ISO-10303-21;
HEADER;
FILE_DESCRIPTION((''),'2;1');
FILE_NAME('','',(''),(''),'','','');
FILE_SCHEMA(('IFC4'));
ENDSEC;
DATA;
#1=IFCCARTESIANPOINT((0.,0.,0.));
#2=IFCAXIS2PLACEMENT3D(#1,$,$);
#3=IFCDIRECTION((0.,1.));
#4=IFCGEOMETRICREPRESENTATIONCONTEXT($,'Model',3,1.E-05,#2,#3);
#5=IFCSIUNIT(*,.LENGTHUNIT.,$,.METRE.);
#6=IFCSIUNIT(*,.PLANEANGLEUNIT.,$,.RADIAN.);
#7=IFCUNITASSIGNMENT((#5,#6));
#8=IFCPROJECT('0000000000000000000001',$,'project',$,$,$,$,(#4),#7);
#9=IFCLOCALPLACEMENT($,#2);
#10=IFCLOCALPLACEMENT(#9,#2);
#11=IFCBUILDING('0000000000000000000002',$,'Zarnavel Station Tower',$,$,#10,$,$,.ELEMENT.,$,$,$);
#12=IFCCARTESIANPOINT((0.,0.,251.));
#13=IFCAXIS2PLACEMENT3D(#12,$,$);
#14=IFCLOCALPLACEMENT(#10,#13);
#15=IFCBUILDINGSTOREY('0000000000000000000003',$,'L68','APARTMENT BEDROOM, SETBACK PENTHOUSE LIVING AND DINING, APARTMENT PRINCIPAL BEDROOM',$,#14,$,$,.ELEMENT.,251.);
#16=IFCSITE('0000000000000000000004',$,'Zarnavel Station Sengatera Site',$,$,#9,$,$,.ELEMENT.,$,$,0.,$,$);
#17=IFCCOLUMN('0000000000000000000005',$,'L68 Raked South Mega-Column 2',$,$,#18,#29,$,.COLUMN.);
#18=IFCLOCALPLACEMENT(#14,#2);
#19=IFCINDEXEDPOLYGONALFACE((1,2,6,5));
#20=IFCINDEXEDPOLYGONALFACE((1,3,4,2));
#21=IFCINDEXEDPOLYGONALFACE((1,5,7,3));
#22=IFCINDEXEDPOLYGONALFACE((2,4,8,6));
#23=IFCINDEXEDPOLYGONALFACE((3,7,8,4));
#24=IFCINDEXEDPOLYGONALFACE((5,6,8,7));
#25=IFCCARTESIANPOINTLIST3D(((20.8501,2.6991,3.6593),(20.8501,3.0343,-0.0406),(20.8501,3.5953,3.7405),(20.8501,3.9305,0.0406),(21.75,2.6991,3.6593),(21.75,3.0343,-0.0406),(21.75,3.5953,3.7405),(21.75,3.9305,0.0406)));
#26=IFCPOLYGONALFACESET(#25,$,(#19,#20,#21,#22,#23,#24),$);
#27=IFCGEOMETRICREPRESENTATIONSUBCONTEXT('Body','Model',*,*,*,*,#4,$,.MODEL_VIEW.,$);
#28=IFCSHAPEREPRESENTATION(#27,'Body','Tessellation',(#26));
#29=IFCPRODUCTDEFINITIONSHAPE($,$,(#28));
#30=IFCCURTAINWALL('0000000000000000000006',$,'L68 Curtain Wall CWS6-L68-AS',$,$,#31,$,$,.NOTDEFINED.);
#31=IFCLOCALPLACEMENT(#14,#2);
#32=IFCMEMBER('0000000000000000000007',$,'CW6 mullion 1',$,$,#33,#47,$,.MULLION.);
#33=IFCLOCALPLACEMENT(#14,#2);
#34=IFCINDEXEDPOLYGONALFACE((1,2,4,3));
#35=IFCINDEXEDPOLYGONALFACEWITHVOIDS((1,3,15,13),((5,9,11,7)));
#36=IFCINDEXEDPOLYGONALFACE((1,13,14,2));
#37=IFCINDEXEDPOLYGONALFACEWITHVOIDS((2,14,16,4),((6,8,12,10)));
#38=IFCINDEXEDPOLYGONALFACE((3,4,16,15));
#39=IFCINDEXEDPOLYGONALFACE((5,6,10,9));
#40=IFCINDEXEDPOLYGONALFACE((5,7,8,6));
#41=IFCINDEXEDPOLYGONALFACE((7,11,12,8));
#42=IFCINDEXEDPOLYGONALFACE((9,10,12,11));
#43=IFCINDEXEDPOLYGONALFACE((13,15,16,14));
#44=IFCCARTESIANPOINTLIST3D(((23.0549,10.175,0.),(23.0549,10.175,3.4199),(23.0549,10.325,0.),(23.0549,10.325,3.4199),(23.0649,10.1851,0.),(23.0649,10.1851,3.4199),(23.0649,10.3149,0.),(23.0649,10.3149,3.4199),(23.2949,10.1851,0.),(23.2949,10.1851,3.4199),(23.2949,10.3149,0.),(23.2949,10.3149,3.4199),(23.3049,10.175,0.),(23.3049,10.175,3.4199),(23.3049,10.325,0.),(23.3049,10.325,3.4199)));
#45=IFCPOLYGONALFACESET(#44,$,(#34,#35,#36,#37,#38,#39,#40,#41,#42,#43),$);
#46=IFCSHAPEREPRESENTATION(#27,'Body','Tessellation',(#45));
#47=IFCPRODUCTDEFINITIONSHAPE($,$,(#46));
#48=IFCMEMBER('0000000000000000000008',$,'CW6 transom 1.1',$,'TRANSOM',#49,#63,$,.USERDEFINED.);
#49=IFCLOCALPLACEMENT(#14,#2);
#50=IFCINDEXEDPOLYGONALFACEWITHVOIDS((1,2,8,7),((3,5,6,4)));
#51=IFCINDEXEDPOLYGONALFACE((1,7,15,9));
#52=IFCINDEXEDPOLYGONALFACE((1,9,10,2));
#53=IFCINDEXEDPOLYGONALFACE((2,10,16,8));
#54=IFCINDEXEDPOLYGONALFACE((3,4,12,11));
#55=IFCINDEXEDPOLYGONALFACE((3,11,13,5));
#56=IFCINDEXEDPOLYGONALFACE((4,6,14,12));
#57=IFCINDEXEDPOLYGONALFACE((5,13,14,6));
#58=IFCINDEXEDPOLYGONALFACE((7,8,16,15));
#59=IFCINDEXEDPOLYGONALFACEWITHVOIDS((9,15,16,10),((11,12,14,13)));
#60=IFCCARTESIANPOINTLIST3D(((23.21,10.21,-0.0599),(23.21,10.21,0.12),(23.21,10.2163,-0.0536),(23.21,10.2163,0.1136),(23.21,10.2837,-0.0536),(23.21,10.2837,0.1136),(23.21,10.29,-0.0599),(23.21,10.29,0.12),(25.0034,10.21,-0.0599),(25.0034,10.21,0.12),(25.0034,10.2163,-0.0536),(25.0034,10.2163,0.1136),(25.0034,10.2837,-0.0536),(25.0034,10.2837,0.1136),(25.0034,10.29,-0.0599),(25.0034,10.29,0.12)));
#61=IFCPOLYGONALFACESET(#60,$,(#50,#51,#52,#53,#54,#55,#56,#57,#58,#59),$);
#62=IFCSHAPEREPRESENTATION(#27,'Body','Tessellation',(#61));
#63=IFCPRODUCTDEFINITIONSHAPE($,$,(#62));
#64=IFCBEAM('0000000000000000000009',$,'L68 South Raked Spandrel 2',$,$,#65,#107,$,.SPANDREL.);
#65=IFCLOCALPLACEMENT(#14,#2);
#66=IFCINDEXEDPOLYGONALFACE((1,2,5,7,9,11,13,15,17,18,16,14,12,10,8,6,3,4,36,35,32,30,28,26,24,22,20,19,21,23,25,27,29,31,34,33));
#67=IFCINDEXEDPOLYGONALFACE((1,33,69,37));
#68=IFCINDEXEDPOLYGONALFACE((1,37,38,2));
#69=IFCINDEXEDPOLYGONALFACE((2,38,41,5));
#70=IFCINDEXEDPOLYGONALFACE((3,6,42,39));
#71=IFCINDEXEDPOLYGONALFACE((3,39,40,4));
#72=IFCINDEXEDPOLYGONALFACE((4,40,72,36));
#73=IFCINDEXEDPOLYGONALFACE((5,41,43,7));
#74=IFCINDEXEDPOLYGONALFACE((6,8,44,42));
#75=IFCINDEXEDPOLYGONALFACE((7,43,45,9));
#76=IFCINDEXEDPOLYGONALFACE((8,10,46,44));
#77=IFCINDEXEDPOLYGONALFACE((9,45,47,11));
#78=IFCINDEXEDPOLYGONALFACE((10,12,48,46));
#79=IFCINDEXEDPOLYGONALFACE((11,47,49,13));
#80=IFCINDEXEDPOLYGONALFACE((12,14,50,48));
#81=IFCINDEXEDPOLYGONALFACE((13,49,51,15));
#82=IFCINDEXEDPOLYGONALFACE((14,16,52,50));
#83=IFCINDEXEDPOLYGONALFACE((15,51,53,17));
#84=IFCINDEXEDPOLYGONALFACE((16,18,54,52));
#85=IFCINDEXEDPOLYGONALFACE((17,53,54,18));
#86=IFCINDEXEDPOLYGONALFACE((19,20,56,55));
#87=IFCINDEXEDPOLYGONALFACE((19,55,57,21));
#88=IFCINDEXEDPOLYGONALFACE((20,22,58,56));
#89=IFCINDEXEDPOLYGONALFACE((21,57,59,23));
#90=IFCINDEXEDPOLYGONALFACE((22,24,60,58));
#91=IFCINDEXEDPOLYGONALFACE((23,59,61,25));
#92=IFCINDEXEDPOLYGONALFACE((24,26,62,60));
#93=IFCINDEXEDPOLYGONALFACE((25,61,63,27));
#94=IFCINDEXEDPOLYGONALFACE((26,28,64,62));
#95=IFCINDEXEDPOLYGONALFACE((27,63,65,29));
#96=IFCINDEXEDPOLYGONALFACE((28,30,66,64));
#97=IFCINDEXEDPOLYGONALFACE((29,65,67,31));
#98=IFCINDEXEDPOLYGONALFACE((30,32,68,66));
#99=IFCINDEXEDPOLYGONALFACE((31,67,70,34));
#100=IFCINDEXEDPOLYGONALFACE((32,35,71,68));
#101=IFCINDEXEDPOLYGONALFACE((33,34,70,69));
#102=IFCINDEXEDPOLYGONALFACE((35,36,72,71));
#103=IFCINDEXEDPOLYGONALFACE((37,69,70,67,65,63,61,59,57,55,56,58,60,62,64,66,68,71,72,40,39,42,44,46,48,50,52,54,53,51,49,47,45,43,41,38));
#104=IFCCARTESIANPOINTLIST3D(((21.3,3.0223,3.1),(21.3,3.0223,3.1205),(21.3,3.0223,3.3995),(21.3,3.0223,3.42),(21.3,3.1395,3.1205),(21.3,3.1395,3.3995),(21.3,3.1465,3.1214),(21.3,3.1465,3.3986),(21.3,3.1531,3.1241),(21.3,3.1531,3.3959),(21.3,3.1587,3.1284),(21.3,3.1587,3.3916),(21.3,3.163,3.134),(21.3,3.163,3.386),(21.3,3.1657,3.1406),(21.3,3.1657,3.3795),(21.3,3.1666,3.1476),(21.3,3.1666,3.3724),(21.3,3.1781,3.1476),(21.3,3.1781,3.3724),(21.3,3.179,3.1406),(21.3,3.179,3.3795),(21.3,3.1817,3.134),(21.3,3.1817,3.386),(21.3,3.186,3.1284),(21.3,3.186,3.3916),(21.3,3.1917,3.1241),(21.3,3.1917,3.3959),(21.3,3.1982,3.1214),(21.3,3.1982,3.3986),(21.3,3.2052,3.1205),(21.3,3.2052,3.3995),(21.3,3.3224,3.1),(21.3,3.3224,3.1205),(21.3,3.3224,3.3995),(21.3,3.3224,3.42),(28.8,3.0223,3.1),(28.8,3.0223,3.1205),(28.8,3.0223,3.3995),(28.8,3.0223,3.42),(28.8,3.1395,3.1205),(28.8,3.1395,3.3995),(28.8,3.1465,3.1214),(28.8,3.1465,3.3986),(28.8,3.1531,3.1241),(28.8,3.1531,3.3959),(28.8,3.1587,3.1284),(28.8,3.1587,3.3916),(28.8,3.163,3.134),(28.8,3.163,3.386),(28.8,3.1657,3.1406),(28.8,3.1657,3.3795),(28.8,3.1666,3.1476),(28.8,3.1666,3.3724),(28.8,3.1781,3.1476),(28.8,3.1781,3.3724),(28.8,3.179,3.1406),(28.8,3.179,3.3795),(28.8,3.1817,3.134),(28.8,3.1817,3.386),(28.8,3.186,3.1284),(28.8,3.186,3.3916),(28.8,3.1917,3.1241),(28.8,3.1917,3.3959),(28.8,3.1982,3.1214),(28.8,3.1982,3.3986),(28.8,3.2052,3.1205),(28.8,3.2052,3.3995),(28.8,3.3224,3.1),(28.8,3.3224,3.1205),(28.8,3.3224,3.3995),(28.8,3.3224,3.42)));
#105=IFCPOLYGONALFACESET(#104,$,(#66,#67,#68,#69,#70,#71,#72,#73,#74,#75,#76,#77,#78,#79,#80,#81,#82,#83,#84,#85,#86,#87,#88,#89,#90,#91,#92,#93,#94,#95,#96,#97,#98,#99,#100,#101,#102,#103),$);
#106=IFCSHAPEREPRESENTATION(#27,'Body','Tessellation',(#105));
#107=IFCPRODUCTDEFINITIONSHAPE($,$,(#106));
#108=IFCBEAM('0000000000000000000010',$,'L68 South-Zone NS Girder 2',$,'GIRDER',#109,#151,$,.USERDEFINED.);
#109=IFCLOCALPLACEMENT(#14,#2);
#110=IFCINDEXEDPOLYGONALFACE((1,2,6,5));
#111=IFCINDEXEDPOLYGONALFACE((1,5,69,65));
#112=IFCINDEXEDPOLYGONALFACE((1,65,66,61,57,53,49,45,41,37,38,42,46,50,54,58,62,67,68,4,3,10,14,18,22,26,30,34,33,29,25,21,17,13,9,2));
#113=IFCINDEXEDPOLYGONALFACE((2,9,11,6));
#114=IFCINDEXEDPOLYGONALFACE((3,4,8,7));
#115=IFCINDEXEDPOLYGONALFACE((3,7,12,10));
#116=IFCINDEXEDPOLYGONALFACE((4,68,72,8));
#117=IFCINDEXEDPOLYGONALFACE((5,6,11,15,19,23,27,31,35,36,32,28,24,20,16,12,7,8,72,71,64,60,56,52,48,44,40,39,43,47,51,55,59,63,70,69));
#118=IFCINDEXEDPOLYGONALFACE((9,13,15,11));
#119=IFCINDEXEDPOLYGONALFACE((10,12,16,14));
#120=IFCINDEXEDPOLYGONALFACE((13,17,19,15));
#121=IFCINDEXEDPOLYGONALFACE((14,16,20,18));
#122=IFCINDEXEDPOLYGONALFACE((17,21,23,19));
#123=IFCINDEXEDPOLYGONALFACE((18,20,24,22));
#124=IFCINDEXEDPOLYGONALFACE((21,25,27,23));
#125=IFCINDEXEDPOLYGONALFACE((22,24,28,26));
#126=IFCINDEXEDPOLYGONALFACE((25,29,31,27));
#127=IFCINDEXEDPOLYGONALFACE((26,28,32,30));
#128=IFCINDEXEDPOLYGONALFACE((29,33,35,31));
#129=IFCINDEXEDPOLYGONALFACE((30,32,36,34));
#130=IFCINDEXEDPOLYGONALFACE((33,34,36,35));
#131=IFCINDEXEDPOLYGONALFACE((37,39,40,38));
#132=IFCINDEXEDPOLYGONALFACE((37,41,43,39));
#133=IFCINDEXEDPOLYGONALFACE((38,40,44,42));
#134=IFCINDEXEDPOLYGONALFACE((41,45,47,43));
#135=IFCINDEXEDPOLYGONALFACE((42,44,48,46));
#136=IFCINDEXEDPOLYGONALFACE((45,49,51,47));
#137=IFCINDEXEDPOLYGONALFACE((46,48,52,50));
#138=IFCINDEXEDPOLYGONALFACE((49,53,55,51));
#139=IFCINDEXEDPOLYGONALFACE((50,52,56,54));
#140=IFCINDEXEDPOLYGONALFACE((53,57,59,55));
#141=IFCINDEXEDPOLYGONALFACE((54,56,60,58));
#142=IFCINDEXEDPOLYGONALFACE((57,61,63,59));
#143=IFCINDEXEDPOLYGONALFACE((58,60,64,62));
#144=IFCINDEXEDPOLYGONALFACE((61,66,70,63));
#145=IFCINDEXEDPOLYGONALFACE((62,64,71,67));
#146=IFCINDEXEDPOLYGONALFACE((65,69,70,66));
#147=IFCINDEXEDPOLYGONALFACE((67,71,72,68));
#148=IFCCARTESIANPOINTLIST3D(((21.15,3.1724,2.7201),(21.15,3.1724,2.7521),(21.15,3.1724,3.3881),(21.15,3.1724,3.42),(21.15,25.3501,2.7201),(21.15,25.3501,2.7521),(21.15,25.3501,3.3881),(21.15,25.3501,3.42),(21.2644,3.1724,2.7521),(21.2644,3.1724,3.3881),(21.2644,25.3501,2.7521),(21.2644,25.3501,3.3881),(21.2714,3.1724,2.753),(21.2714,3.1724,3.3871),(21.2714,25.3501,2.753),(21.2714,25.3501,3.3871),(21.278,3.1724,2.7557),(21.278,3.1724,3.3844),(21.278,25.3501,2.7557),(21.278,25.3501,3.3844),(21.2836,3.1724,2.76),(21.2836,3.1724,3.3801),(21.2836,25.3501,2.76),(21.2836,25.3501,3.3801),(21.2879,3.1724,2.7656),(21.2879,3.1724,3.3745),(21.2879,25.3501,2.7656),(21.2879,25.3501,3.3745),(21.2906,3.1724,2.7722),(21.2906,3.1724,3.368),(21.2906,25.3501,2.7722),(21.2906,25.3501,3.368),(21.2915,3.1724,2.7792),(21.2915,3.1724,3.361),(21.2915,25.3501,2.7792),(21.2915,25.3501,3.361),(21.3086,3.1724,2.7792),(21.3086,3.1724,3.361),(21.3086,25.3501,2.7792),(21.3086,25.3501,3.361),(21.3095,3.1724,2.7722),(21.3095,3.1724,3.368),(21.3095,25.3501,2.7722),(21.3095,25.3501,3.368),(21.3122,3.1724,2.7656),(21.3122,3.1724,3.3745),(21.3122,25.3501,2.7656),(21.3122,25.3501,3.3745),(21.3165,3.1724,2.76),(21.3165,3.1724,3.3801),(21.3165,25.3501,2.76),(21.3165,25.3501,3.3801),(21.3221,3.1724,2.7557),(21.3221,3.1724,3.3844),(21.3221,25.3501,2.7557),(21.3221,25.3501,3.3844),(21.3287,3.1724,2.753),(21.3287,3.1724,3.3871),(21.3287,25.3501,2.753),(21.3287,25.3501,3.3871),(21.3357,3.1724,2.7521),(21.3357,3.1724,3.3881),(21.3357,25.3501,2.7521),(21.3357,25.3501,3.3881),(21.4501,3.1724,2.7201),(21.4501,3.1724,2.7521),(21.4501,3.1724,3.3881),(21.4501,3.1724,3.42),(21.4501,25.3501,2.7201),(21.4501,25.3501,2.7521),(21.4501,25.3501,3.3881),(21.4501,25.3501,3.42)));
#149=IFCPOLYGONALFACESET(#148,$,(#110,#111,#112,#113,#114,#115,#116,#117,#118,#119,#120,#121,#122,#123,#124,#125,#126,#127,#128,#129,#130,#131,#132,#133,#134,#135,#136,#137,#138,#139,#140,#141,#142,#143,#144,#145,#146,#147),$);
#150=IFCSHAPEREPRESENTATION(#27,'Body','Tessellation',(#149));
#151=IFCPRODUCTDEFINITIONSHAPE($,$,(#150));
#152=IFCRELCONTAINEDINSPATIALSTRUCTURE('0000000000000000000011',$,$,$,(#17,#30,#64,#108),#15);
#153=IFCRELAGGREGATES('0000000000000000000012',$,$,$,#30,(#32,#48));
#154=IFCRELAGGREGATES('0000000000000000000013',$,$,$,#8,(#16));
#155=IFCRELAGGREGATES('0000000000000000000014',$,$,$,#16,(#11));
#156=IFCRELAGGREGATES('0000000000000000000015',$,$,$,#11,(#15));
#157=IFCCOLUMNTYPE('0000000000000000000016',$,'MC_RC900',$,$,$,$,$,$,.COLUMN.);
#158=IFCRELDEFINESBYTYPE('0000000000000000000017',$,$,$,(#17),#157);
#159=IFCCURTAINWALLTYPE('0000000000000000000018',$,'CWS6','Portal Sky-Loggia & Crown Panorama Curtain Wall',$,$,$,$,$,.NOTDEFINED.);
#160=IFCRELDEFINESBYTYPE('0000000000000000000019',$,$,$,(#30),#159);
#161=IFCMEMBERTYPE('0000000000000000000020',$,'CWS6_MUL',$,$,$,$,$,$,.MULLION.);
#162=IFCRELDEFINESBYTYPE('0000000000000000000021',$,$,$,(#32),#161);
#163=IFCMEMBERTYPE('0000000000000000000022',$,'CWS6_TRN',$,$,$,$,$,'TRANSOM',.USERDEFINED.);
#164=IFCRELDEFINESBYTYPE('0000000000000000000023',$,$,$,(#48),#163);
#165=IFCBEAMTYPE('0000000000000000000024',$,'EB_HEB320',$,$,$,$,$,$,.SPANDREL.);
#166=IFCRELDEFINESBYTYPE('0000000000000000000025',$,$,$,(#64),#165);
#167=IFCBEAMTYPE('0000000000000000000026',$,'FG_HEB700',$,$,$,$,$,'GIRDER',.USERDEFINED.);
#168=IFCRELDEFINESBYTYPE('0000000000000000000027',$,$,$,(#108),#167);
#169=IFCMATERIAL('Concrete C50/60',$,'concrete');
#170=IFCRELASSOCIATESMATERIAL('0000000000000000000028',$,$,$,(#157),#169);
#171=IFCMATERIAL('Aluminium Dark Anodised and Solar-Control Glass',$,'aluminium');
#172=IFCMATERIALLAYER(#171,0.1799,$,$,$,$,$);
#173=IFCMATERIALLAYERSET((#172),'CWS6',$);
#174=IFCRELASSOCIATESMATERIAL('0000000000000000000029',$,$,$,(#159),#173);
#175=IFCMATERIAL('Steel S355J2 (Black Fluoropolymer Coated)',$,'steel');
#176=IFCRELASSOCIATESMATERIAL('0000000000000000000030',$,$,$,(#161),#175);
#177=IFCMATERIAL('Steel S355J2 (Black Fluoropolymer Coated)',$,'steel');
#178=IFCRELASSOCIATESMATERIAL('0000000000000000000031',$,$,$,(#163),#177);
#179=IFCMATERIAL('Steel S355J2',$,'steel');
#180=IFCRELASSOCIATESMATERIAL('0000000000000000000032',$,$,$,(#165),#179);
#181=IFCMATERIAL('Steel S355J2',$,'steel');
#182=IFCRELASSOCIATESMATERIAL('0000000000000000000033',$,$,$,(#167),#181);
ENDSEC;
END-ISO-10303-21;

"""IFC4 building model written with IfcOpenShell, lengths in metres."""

from ifc_helpers import new_model, si_unit, direction, frame, origin, origin_2d, place, context, subcontext, project, spatial, rectangle, hollow_rectangle, i_section, extrude, material, layer, layer_set, material_profile, profile_set, type_object, element, aggregate, save


model = new_model("IFC4")

# Units and contexts
model_context = context("Model", 3, precision=1e-05, world=origin(), true_north=direction((0.0, 1.0)))
body_context = subcontext(model_context, "Body", "Model", "MODEL_VIEW")
ifc_project = project(units=[si_unit("LENGTHUNIT", "METRE"), si_unit("PLANEANGLEUNIT", "RADIAN")], contexts=[model_context])

# Site, building, storey
site_placement = place(None, origin())
site = spatial("IfcSite", under=ifc_project, at=site_placement, Name="Zarnavel Station Sengatera Site", CompositionType="ELEMENT", RefElevation=0.0)
building_placement = place(site_placement, origin())
building = spatial("IfcBuilding", under=site, at=building_placement, Name="Zarnavel Station Tower", CompositionType="ELEMENT")
storey_placement = place(building_placement, frame((0.0, 0.0, 251.0)))
storey = spatial("IfcBuildingStorey", under=building, at=storey_placement, Name="L68", Description="APARTMENT BEDROOM, SETBACK PENTHOUSE LIVING AND DINING, APARTMENT PRINCIPAL BEDROOM", CompositionType="ELEMENT", Elevation=251.0)

# Column
ifc_material_1 = material(Name="Concrete C50/60", Category="concrete")
ifc_material_profile_1 = material_profile(ifc_material_1, rectangle(XDim=0.8999, YDim=0.8999, at=origin_2d()), Name="RC900x900")
ifc_profile_set_1 = profile_set([ifc_material_profile_1], Name="Concrete C50/60")
column_type = type_object("IfcColumnType", Name="MC_RC900", PredefinedType="COLUMN", material=ifc_profile_set_1)
column_placement = place(storey_placement, frame((21.3, 3.4824, 0.0), z_axis=(0.0, -0.090228, 0.995921), x_axis=(1.0, 0.0, 0.0)))
element("IfcColumn", 1, at=column_placement, inside=storey, type_object=column_type, Name="L68 Raked South Mega-Column 2", PredefinedType="COLUMN", context=body_context, shape_type="SweptSolid", body=[
    extrude(rectangle(XDim=0.8999, YDim=0.8999, at=origin_2d()), origin(), (0.0, 0.0, 1.0), 3.7151),
])

# Curtain wall, members
ifc_material_2 = material(Name="Aluminium Dark Anodised and Solar-Control Glass", Category="aluminium")
ifc_layer_1 = layer(ifc_material_2, 0.1799)
ifc_layer_set_1 = layer_set([ifc_layer_1], Name="CWS6")
curtain_wall_type = type_object("IfcCurtainWallType", Name="CWS6", Description="Portal Sky-Loggia & Crown Panorama Curtain Wall", PredefinedType="NOTDEFINED", material=ifc_layer_set_1)
curtain_wall_placement = place(storey_placement, origin())
curtain_wall = element("IfcCurtainWall", 2, at=curtain_wall_placement, inside=storey, type_object=curtain_wall_type, Name="L68 Curtain Wall CWS6-L68-AS", PredefinedType="NOTDEFINED")
ifc_material_3 = material(Name="Steel S355J2 (Black Fluoropolymer Coated)", Category="steel")
ifc_material_profile_2 = material_profile(ifc_material_3, hollow_rectangle(XDim=0.1499, YDim=0.25, WallThickness=0.01, at=origin_2d()), Name="RHS250x150x10")
ifc_profile_set_2 = profile_set([ifc_material_profile_2], Name="Steel S355J2 (Black Fluoropolymer Coated)")
member_type_1 = type_object("IfcMemberType", Name="CWS6_MUL", PredefinedType="MULLION", material=ifc_profile_set_2)
member_1_placement = place(storey_placement, frame((23.1799, 10.25, 0.0), z_axis=(0.0, 0.0, 1.0), x_axis=(0.0, 1.0, 0.0)))
member_1 = element("IfcMember", 3, at=member_1_placement, type_object=member_type_1, Name="CW6 mullion 1", PredefinedType="MULLION", context=body_context, shape_type="SweptSolid", body=[
    extrude(hollow_rectangle(XDim=0.1499, YDim=0.25, WallThickness=0.01, at=origin_2d()), origin(), (0.0, 0.0, 1.0), 3.4199),
])
ifc_material_4 = material(Name="Steel S355J2 (Black Fluoropolymer Coated)", Category="steel")
ifc_material_profile_3 = material_profile(ifc_material_4, hollow_rectangle(XDim=0.0801, YDim=0.1799, WallThickness=0.0063, at=origin_2d()), Name="RHS180x80x6.3")
ifc_profile_set_3 = profile_set([ifc_material_profile_3], Name="Steel S355J2 (Black Fluoropolymer Coated)")
member_type_2 = type_object("IfcMemberType", Name="CWS6_TRN", ElementType="TRANSOM", PredefinedType="USERDEFINED", material=ifc_profile_set_3)
member_2_placement = place(storey_placement, frame((23.21, 10.25, 0.03), z_axis=(1.0, 0.0, 0.0), x_axis=(0.0, 1.0, 0.0)))
member_2 = element("IfcMember", 4, at=member_2_placement, type_object=member_type_2, Name="CW6 transom 1.1", ObjectType="TRANSOM", PredefinedType="USERDEFINED", context=body_context, shape_type="SweptSolid", body=[
    extrude(hollow_rectangle(XDim=0.0801, YDim=0.1799, WallThickness=0.0063, at=origin_2d()), origin(), (0.0, 0.0, 1.0), 1.7935),
])
aggregate(curtain_wall, [member_1, member_2])

# Beams
ifc_material_5 = material(Name="Steel S355J2", Category="steel")
ifc_material_profile_4 = material_profile(ifc_material_5, i_section(OverallWidth=0.3, OverallDepth=0.3201, WebThickness=0.0115, FlangeThickness=0.0205, FilletRadius=0.0271, at=origin_2d()), Name="HEB320")
ifc_profile_set_4 = profile_set([ifc_material_profile_4], Name="Steel S355J2")
beam_type_1 = type_object("IfcBeamType", Name="EB_HEB320", PredefinedType="SPANDREL", material=ifc_profile_set_4)
beam_1_placement = place(storey_placement, frame((21.3, 3.1724, 3.26), z_axis=(1.0, 0.0, 0.0), x_axis=(0.0, 1.0, 0.0)))
element("IfcBeam", 5, at=beam_1_placement, inside=storey, type_object=beam_type_1, Name="L68 South Raked Spandrel 2", PredefinedType="SPANDREL", context=body_context, shape_type="SweptSolid", body=[
    extrude(i_section(OverallWidth=0.3, OverallDepth=0.3201, WebThickness=0.0115, FlangeThickness=0.0205, FilletRadius=0.0271, at=origin_2d()), origin(), (0.0, 0.0, 1.0), 7.5),
])
ifc_material_6 = material(Name="Steel S355J2", Category="steel")
ifc_material_profile_5 = material_profile(ifc_material_6, i_section(OverallWidth=0.3, OverallDepth=0.7, WebThickness=0.0171, FlangeThickness=0.032, FilletRadius=0.0271, at=origin_2d()), Name="HEB700")
ifc_profile_set_5 = profile_set([ifc_material_profile_5], Name="Steel S355J2")
beam_type_2 = type_object("IfcBeamType", Name="FG_HEB700", ElementType="GIRDER", PredefinedType="USERDEFINED", material=ifc_profile_set_5)
beam_2_placement = place(storey_placement, frame((21.3, 3.1724, 3.0701), z_axis=(0.0, 1.0, 0.0), x_axis=(-1.0, 0.0, 0.0)))
element("IfcBeam", 6, at=beam_2_placement, inside=storey, type_object=beam_type_2, Name="L68 South-Zone NS Girder 2", ObjectType="GIRDER", PredefinedType="USERDEFINED", context=body_context, shape_type="SweptSolid", body=[
    extrude(i_section(OverallWidth=0.3, OverallDepth=0.7, WebThickness=0.0171, FlangeThickness=0.032, FilletRadius=0.0271, at=origin_2d()), origin(), (0.0, 0.0, 1.0), 22.1777),
])

save(model, "model.ifc")
